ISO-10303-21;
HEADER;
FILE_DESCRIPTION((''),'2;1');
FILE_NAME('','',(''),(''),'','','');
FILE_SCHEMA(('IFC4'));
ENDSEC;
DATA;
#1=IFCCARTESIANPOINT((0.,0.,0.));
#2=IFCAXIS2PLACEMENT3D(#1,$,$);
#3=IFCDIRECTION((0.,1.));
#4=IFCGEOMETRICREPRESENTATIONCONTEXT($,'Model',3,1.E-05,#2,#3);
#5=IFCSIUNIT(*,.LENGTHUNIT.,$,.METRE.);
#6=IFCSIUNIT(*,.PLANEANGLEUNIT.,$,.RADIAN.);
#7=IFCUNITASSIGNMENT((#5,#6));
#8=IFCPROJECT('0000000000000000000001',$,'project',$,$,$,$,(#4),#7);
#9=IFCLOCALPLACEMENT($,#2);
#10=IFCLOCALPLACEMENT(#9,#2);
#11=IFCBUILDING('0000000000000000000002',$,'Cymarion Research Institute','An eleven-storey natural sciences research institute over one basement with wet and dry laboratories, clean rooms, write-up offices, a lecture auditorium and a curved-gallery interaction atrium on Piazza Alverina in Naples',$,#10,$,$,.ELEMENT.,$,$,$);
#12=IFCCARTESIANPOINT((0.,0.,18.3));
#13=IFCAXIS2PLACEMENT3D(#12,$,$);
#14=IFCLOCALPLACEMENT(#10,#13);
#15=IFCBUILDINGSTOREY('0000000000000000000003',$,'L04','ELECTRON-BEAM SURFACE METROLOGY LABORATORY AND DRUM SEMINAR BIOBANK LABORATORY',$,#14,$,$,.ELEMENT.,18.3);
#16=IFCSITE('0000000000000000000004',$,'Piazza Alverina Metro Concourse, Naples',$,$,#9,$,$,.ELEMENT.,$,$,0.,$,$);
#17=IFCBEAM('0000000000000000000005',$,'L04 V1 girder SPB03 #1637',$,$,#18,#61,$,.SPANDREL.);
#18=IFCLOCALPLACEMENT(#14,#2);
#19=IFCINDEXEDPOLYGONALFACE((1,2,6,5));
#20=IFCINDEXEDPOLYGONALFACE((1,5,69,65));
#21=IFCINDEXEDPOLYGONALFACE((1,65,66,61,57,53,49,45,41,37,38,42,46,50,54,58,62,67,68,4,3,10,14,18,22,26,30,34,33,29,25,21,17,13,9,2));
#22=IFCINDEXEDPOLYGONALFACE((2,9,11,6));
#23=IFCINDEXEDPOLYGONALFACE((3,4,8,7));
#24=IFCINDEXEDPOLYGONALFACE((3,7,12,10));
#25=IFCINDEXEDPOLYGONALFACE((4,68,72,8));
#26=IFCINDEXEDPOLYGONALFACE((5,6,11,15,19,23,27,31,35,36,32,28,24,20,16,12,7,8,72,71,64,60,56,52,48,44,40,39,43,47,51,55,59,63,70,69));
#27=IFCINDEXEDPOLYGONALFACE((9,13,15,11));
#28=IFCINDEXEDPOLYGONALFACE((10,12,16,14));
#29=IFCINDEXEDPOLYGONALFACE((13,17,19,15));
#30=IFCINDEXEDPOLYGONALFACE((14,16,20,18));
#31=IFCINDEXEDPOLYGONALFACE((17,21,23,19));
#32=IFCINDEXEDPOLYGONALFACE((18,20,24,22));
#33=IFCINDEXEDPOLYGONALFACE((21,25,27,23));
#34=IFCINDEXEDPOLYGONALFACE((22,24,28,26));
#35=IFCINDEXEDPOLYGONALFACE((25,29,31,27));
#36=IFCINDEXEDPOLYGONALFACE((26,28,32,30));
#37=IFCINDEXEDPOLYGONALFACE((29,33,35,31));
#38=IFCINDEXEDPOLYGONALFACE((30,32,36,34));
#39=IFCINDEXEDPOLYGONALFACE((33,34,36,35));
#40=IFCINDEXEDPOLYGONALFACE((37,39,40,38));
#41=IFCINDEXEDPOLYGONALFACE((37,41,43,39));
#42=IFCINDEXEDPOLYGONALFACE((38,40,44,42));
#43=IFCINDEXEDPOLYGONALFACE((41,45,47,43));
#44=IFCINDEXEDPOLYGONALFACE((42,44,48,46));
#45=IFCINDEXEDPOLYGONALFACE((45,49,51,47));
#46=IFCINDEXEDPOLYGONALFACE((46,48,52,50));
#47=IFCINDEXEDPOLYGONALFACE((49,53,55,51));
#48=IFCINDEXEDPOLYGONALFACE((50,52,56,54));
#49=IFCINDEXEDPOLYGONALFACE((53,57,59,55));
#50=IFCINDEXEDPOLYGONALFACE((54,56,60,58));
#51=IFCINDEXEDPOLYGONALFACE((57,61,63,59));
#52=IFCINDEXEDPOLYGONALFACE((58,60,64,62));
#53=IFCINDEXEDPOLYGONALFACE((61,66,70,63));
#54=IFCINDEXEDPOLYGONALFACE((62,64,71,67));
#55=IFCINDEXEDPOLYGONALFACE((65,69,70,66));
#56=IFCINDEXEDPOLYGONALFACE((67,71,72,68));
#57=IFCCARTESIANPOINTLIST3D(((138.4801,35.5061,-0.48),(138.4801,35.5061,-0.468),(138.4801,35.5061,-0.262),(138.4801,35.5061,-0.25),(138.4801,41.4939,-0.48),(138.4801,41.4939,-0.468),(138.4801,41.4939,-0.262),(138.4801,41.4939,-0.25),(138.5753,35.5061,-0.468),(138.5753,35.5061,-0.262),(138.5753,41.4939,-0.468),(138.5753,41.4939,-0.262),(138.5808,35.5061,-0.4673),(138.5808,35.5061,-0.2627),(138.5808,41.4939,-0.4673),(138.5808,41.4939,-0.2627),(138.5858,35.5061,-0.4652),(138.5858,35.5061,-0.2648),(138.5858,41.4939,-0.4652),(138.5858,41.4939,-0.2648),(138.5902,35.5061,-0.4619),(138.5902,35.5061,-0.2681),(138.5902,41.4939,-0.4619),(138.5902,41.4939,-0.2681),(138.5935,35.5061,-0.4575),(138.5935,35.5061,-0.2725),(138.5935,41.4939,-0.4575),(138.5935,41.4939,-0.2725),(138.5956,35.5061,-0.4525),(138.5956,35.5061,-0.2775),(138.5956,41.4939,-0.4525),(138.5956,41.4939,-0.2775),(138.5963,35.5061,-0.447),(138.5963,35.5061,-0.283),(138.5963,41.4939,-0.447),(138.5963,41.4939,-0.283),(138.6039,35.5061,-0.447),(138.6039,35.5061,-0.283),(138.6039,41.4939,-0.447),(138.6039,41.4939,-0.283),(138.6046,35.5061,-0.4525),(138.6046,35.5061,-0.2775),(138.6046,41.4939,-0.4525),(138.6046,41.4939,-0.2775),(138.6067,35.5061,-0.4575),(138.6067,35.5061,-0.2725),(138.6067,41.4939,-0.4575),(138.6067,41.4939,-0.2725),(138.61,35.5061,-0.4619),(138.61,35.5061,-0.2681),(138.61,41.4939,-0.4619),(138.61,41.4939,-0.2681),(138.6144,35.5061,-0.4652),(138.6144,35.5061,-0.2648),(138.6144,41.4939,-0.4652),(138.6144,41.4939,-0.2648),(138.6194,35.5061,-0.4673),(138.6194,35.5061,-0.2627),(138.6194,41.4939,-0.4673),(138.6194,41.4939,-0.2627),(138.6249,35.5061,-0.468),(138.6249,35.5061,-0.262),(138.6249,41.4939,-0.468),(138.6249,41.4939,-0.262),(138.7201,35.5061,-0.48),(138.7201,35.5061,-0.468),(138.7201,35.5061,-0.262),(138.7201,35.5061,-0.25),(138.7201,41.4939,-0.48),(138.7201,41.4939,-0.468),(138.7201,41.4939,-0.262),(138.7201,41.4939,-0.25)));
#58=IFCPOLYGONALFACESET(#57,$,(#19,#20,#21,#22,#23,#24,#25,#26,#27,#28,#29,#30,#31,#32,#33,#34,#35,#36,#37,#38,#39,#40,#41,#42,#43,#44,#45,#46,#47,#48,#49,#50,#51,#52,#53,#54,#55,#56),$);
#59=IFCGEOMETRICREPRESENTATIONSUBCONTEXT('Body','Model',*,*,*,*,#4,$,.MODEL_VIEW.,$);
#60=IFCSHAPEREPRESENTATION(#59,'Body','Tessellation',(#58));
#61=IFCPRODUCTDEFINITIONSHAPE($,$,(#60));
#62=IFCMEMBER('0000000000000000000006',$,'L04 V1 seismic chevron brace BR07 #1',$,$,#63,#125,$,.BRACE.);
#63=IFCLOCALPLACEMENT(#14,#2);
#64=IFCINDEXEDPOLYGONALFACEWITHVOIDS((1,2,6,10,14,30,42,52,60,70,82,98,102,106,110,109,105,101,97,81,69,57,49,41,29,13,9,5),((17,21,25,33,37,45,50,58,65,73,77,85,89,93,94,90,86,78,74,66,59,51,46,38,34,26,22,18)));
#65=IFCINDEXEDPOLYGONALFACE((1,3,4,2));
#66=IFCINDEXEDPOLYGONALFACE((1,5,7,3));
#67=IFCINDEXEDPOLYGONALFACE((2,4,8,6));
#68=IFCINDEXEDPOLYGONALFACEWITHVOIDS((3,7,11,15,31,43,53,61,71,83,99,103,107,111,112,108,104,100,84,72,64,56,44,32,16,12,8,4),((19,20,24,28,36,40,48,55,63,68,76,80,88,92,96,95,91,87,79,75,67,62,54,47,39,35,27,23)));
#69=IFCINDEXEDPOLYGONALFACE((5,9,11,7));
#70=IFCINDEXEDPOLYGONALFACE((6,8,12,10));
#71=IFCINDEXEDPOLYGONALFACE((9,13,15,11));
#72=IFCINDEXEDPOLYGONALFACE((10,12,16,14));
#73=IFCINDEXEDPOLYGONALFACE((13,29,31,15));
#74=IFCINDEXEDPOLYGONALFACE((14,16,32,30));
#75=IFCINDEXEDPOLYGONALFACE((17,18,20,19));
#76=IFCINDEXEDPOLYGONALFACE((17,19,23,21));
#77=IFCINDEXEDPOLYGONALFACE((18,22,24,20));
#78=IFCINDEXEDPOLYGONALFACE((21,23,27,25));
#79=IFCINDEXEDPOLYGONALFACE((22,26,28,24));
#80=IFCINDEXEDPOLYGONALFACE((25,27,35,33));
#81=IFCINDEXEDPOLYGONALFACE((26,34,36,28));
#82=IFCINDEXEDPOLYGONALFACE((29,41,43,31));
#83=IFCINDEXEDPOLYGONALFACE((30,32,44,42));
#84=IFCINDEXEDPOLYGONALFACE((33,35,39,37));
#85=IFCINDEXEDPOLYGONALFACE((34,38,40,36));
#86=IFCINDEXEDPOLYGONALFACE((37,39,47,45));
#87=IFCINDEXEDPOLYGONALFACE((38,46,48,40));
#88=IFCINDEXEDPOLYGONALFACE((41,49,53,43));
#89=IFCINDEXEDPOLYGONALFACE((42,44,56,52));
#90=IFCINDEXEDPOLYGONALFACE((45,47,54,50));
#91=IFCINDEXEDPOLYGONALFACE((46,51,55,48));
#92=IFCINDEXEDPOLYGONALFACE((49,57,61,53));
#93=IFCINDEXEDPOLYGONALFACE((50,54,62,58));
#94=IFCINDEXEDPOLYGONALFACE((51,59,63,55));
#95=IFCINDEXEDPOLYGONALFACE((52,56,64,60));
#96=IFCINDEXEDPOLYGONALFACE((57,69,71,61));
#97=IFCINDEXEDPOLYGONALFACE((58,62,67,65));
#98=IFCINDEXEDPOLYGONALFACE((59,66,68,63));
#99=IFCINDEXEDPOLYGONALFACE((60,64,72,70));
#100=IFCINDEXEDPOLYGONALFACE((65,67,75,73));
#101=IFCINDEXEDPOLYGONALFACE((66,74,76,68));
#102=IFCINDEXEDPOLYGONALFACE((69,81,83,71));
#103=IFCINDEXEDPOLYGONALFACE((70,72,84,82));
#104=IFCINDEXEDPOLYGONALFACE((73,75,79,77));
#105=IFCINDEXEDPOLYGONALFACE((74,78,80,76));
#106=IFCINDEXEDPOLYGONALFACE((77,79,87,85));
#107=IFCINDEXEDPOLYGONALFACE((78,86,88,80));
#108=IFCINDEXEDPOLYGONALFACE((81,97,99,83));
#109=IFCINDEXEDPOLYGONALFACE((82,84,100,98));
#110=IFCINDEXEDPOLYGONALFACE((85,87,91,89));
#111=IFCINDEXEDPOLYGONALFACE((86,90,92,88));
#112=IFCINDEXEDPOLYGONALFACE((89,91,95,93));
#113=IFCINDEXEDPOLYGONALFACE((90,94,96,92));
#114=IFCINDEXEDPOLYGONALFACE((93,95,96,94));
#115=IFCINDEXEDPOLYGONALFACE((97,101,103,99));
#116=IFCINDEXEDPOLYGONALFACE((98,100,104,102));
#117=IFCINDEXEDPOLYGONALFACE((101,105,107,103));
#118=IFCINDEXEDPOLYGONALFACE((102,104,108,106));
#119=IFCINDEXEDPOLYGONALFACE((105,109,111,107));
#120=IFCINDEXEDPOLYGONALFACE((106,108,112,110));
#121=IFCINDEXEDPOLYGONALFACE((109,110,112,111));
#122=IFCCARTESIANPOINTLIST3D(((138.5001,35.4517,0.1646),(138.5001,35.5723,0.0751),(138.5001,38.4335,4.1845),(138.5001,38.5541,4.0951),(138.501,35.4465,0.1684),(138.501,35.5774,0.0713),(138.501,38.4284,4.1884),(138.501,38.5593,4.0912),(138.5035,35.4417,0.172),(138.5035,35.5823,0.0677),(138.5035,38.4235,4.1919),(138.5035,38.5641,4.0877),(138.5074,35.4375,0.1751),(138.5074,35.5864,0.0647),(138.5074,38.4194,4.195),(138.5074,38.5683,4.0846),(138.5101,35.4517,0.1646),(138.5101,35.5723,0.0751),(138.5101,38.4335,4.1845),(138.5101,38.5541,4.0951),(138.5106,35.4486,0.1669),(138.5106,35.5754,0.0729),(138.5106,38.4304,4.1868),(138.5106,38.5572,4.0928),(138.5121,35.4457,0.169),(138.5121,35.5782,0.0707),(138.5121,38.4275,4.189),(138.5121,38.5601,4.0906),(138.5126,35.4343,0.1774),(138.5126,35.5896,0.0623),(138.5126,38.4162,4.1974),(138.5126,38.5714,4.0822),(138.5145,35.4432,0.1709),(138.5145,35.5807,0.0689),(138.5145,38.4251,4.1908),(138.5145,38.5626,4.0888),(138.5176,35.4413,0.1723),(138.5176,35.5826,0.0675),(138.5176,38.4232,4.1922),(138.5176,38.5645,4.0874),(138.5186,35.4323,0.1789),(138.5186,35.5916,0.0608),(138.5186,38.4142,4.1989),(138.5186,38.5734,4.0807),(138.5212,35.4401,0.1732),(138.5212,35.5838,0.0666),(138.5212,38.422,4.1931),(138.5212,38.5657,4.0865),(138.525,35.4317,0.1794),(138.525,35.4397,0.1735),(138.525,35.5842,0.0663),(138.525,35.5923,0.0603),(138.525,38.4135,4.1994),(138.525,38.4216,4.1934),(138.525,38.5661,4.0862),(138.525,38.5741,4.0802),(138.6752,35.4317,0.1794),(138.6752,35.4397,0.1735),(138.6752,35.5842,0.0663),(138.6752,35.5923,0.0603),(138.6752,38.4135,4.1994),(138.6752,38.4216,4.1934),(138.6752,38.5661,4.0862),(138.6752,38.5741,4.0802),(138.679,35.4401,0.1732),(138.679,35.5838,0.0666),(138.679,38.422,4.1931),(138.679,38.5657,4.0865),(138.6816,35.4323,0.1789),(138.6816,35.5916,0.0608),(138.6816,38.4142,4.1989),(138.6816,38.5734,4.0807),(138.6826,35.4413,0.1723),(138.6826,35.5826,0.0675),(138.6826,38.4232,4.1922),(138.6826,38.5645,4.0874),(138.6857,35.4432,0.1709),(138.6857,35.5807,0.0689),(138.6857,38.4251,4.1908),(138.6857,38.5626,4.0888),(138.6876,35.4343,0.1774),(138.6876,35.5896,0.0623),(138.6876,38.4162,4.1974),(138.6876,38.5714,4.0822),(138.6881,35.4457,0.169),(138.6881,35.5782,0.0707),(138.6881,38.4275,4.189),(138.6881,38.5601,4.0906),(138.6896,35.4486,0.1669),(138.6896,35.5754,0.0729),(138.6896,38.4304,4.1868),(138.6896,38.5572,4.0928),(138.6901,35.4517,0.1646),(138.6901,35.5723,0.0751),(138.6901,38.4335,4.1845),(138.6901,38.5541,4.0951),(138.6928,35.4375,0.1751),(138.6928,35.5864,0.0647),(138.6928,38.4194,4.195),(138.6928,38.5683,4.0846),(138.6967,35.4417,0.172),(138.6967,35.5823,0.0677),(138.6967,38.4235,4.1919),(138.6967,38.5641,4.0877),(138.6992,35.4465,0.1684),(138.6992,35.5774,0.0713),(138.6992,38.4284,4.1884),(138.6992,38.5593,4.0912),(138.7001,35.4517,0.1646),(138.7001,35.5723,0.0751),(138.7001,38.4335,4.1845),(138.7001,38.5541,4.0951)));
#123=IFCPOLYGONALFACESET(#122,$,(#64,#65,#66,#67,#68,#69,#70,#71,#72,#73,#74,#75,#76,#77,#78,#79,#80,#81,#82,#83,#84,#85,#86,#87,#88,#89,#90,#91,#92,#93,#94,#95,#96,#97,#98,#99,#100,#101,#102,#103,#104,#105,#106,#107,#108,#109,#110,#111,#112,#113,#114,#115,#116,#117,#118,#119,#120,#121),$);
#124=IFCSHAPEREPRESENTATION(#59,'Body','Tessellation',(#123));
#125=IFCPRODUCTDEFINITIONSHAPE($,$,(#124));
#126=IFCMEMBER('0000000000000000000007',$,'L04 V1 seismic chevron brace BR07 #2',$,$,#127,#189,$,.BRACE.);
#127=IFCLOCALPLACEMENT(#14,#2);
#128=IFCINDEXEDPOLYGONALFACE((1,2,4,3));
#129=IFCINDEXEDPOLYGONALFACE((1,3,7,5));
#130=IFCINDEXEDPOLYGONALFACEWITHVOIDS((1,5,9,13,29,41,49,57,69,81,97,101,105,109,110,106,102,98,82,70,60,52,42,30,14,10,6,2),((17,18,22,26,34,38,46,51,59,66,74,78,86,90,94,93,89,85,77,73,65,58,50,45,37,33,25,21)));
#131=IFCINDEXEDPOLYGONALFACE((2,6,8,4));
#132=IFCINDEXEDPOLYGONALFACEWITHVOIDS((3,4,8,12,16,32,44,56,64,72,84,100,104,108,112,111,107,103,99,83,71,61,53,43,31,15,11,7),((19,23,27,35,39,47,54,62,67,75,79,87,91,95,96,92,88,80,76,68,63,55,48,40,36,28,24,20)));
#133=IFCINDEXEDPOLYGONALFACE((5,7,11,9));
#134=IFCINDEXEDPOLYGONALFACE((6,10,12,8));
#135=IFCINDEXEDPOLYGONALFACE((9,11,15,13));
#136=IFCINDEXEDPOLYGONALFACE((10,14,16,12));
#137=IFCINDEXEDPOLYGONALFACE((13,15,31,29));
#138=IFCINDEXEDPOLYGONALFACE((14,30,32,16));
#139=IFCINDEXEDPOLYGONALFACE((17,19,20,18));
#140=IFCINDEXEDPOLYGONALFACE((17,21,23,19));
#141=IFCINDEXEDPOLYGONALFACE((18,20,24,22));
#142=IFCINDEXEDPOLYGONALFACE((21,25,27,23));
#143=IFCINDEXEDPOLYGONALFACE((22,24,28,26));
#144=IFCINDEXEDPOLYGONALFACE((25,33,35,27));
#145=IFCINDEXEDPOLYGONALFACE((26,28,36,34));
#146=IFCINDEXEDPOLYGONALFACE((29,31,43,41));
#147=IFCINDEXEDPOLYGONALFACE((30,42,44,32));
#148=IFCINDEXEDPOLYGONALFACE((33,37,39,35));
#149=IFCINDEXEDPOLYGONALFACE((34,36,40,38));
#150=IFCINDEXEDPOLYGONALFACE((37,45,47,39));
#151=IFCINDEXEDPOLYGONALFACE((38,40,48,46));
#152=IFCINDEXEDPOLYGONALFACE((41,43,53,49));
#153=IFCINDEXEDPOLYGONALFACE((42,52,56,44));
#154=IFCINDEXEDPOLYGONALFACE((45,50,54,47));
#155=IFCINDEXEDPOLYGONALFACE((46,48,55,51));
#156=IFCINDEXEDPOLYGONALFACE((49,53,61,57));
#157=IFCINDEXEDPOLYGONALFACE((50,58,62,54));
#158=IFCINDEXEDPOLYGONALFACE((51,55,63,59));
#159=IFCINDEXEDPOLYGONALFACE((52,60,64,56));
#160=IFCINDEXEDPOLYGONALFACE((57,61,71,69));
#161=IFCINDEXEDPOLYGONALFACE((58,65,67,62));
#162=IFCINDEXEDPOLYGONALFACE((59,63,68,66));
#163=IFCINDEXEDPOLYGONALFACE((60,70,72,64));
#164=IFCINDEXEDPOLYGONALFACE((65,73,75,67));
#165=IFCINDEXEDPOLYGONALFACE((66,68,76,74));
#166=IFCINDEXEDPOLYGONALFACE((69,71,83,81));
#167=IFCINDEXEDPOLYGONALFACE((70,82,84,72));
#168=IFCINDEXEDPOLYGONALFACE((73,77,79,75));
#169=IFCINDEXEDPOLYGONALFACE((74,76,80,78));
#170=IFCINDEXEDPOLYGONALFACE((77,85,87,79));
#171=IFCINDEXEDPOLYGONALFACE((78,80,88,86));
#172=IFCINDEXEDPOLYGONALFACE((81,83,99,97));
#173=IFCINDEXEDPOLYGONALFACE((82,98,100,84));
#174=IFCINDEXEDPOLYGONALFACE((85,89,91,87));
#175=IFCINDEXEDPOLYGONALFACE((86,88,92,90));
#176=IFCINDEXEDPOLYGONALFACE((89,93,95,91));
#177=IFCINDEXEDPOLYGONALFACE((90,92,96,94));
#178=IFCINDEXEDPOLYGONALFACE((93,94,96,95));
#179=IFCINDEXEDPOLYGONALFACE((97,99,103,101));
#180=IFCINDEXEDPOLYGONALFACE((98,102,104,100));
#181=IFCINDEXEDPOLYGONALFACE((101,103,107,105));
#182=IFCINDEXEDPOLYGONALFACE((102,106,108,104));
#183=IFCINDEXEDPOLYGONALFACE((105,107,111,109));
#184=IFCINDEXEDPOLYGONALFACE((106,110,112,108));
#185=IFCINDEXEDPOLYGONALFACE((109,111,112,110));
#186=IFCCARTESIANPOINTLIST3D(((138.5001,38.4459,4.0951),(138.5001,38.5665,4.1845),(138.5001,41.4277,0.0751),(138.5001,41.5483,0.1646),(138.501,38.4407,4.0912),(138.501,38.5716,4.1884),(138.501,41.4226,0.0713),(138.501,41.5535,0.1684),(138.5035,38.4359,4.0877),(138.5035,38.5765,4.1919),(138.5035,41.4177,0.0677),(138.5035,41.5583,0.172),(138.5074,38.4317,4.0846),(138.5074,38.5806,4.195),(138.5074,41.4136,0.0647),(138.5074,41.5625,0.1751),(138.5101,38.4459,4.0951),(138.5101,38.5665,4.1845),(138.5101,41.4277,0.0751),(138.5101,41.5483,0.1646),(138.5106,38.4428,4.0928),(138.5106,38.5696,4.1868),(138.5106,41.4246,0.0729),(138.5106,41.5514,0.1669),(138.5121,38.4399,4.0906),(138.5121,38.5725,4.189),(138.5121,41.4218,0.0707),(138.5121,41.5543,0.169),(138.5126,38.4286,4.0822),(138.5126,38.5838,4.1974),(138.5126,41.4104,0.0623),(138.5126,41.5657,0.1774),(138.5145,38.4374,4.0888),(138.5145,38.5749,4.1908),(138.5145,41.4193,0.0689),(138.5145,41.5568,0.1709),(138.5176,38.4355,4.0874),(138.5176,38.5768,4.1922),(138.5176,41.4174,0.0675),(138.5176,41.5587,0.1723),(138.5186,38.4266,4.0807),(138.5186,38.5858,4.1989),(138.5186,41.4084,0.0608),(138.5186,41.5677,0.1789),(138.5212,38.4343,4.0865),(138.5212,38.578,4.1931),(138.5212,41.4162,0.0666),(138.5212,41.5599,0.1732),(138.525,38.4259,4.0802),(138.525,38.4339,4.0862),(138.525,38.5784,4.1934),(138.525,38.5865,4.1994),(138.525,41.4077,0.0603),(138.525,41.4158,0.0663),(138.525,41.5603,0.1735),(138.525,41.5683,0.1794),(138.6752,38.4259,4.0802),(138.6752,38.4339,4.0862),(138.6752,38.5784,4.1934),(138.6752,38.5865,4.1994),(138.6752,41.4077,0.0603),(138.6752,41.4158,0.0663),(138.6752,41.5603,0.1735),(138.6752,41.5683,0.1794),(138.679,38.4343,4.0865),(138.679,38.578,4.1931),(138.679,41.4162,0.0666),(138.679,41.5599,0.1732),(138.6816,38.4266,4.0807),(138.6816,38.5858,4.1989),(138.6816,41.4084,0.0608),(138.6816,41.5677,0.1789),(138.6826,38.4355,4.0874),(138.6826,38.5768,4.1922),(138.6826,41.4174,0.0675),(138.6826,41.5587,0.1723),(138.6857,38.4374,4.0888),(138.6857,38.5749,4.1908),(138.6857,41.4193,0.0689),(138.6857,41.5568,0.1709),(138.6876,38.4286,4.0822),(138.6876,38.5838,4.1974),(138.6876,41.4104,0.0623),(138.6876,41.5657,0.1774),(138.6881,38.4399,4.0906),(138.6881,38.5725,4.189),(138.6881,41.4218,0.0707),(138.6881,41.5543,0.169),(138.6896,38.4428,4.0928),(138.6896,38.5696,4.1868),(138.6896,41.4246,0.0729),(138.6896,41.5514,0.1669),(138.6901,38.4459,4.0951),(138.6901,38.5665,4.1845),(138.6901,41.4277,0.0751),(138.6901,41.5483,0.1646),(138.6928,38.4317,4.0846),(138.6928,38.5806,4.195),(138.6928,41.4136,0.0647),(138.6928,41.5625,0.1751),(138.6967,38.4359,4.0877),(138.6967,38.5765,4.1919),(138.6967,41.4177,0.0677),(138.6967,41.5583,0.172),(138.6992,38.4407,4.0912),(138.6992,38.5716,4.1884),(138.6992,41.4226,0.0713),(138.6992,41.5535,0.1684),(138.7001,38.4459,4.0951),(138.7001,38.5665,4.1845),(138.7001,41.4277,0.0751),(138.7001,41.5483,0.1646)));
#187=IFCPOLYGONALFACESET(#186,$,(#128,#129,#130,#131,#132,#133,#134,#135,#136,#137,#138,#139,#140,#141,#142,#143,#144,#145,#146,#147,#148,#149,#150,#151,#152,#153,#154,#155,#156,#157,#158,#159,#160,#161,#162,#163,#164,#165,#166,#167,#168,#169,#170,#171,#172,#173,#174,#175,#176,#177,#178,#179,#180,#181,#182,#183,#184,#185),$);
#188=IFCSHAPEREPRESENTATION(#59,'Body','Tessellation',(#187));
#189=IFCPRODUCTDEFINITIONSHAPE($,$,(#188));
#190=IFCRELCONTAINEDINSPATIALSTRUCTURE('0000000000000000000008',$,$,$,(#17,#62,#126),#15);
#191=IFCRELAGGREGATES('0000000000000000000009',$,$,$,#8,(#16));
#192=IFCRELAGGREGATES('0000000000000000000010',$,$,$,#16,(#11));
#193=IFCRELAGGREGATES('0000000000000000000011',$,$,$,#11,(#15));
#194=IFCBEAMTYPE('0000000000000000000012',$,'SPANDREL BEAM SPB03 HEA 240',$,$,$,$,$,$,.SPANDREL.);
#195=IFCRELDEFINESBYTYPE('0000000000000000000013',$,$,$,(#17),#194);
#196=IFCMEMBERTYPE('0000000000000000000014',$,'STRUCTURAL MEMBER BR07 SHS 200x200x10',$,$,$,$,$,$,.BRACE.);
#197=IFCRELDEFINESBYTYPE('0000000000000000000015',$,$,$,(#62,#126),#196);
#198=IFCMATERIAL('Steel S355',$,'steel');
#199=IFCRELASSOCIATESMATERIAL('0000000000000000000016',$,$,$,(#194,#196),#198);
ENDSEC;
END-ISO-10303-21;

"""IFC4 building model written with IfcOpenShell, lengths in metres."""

from ifc_helpers import new_model, si_unit, direction, frame, origin, origin_2d, place, context, subcontext, project, spatial, hollow_rectangle, i_section, extrude, material, material_profile, profile_set, type_object, element, save


model = new_model("IFC4")

# Units and contexts
model_context = context("Model", 3, precision=1e-05, world=origin(), true_north=direction((0.0, 1.0)))
body_context = subcontext(model_context, "Body", "Model", "MODEL_VIEW")
ifc_project = project(units=[si_unit("LENGTHUNIT", "METRE"), si_unit("PLANEANGLEUNIT", "RADIAN")], contexts=[model_context])

# Site, building, storey
site_placement = place(None, origin())
site = spatial("IfcSite", under=ifc_project, at=site_placement, Name="Piazza Alverina Metro Concourse, Naples", CompositionType="ELEMENT", RefElevation=0.0)
building_placement = place(site_placement, origin())
building = spatial("IfcBuilding", under=site, at=building_placement, Name="Cymarion Research Institute", Description="An eleven-storey natural sciences research institute over one basement with wet and dry laboratories, clean rooms, write-up offices, a lecture auditorium and a curved-gallery interaction atrium on Piazza Alverina in Naples", CompositionType="ELEMENT")
storey_placement = place(building_placement, frame((0.0, 0.0, 18.3)))
storey = spatial("IfcBuildingStorey", under=building, at=storey_placement, Name="L04", Description="ELECTRON-BEAM SURFACE METROLOGY LABORATORY AND DRUM SEMINAR BIOBANK LABORATORY", CompositionType="ELEMENT", Elevation=18.3)

# Shared definitions
ifc_material = material(Name="Steel S355", Category="steel")

# Beam
ifc_material_profile_1 = material_profile(ifc_material, i_section(OverallWidth=0.24, OverallDepth=0.23, WebThickness=0.0076, FlangeThickness=0.012, FilletRadius=0.021, at=origin_2d()), Name="HEA 240")
ifc_profile_set_1 = profile_set([ifc_material_profile_1], Name="Steel S355")
beam_type_1 = type_object("IfcBeamType", Name="SPANDREL BEAM SPB03 HEA 240", PredefinedType="SPANDREL", material=ifc_profile_set_1)
for number, where, z_axis, x_axis, name in (
    (1, (138.6001, 35.5061, -0.365), (0.0, 1.0, 0.0), (-1.0, 0.0, 0.0), "L04 V1 girder SPB03 #1637"),
):
    element("IfcBeam", number, at=place(storey_placement, frame(where, z_axis=z_axis, x_axis=x_axis)), inside=storey, type_object=beam_type_1, Name=name, PredefinedType="SPANDREL", context=body_context, shape_type="SweptSolid", body=[
        extrude(i_section(OverallWidth=0.24, OverallDepth=0.23, WebThickness=0.0076, FlangeThickness=0.012, FilletRadius=0.021, at=origin_2d()), origin(), (0.0, 0.0, 1.0), 5.9878),
    ])

# Members
ifc_material_profile_2 = material_profile(ifc_material, hollow_rectangle(XDim=0.2, YDim=0.2, WallThickness=0.01, InnerFilletRadius=0.0149, OuterFilletRadius=0.0249, at=origin_2d()), Name="SHS 200x200x10")
ifc_profile_set_2 = profile_set([ifc_material_profile_2], Name="Steel S355")
member_type = type_object("IfcMemberType", Name="STRUCTURAL MEMBER BR07 SHS 200x200x10", PredefinedType="BRACE", material=ifc_profile_set_2)
for number, where, z_axis, x_axis, name in (
    (2, (138.6001, 35.512, 0.1199), (0.0, 0.595762, 0.803161), (-1.0, 0.0, 0.0), "L04 V1 seismic chevron brace BR07 #1"),
    (3, (138.6001, 41.488, 0.1199), (0.0, -0.595762, 0.803161), (1.0, 0.0, 0.0), "L04 V1 seismic chevron brace BR07 #2"),
):
    element("IfcMember", number, at=place(storey_placement, frame(where, z_axis=z_axis, x_axis=x_axis)), inside=storey, type_object=member_type, Name=name, PredefinedType="BRACE", context=body_context, shape_type="SweptSolid", body=[
        extrude(hollow_rectangle(XDim=0.2, YDim=0.2, WallThickness=0.01, InnerFilletRadius=0.0149, OuterFilletRadius=0.0249, at=origin_2d()), origin(), (0.0, 0.0, 1.0), 5.0051),
    ])

save(model, "model.ifc")
